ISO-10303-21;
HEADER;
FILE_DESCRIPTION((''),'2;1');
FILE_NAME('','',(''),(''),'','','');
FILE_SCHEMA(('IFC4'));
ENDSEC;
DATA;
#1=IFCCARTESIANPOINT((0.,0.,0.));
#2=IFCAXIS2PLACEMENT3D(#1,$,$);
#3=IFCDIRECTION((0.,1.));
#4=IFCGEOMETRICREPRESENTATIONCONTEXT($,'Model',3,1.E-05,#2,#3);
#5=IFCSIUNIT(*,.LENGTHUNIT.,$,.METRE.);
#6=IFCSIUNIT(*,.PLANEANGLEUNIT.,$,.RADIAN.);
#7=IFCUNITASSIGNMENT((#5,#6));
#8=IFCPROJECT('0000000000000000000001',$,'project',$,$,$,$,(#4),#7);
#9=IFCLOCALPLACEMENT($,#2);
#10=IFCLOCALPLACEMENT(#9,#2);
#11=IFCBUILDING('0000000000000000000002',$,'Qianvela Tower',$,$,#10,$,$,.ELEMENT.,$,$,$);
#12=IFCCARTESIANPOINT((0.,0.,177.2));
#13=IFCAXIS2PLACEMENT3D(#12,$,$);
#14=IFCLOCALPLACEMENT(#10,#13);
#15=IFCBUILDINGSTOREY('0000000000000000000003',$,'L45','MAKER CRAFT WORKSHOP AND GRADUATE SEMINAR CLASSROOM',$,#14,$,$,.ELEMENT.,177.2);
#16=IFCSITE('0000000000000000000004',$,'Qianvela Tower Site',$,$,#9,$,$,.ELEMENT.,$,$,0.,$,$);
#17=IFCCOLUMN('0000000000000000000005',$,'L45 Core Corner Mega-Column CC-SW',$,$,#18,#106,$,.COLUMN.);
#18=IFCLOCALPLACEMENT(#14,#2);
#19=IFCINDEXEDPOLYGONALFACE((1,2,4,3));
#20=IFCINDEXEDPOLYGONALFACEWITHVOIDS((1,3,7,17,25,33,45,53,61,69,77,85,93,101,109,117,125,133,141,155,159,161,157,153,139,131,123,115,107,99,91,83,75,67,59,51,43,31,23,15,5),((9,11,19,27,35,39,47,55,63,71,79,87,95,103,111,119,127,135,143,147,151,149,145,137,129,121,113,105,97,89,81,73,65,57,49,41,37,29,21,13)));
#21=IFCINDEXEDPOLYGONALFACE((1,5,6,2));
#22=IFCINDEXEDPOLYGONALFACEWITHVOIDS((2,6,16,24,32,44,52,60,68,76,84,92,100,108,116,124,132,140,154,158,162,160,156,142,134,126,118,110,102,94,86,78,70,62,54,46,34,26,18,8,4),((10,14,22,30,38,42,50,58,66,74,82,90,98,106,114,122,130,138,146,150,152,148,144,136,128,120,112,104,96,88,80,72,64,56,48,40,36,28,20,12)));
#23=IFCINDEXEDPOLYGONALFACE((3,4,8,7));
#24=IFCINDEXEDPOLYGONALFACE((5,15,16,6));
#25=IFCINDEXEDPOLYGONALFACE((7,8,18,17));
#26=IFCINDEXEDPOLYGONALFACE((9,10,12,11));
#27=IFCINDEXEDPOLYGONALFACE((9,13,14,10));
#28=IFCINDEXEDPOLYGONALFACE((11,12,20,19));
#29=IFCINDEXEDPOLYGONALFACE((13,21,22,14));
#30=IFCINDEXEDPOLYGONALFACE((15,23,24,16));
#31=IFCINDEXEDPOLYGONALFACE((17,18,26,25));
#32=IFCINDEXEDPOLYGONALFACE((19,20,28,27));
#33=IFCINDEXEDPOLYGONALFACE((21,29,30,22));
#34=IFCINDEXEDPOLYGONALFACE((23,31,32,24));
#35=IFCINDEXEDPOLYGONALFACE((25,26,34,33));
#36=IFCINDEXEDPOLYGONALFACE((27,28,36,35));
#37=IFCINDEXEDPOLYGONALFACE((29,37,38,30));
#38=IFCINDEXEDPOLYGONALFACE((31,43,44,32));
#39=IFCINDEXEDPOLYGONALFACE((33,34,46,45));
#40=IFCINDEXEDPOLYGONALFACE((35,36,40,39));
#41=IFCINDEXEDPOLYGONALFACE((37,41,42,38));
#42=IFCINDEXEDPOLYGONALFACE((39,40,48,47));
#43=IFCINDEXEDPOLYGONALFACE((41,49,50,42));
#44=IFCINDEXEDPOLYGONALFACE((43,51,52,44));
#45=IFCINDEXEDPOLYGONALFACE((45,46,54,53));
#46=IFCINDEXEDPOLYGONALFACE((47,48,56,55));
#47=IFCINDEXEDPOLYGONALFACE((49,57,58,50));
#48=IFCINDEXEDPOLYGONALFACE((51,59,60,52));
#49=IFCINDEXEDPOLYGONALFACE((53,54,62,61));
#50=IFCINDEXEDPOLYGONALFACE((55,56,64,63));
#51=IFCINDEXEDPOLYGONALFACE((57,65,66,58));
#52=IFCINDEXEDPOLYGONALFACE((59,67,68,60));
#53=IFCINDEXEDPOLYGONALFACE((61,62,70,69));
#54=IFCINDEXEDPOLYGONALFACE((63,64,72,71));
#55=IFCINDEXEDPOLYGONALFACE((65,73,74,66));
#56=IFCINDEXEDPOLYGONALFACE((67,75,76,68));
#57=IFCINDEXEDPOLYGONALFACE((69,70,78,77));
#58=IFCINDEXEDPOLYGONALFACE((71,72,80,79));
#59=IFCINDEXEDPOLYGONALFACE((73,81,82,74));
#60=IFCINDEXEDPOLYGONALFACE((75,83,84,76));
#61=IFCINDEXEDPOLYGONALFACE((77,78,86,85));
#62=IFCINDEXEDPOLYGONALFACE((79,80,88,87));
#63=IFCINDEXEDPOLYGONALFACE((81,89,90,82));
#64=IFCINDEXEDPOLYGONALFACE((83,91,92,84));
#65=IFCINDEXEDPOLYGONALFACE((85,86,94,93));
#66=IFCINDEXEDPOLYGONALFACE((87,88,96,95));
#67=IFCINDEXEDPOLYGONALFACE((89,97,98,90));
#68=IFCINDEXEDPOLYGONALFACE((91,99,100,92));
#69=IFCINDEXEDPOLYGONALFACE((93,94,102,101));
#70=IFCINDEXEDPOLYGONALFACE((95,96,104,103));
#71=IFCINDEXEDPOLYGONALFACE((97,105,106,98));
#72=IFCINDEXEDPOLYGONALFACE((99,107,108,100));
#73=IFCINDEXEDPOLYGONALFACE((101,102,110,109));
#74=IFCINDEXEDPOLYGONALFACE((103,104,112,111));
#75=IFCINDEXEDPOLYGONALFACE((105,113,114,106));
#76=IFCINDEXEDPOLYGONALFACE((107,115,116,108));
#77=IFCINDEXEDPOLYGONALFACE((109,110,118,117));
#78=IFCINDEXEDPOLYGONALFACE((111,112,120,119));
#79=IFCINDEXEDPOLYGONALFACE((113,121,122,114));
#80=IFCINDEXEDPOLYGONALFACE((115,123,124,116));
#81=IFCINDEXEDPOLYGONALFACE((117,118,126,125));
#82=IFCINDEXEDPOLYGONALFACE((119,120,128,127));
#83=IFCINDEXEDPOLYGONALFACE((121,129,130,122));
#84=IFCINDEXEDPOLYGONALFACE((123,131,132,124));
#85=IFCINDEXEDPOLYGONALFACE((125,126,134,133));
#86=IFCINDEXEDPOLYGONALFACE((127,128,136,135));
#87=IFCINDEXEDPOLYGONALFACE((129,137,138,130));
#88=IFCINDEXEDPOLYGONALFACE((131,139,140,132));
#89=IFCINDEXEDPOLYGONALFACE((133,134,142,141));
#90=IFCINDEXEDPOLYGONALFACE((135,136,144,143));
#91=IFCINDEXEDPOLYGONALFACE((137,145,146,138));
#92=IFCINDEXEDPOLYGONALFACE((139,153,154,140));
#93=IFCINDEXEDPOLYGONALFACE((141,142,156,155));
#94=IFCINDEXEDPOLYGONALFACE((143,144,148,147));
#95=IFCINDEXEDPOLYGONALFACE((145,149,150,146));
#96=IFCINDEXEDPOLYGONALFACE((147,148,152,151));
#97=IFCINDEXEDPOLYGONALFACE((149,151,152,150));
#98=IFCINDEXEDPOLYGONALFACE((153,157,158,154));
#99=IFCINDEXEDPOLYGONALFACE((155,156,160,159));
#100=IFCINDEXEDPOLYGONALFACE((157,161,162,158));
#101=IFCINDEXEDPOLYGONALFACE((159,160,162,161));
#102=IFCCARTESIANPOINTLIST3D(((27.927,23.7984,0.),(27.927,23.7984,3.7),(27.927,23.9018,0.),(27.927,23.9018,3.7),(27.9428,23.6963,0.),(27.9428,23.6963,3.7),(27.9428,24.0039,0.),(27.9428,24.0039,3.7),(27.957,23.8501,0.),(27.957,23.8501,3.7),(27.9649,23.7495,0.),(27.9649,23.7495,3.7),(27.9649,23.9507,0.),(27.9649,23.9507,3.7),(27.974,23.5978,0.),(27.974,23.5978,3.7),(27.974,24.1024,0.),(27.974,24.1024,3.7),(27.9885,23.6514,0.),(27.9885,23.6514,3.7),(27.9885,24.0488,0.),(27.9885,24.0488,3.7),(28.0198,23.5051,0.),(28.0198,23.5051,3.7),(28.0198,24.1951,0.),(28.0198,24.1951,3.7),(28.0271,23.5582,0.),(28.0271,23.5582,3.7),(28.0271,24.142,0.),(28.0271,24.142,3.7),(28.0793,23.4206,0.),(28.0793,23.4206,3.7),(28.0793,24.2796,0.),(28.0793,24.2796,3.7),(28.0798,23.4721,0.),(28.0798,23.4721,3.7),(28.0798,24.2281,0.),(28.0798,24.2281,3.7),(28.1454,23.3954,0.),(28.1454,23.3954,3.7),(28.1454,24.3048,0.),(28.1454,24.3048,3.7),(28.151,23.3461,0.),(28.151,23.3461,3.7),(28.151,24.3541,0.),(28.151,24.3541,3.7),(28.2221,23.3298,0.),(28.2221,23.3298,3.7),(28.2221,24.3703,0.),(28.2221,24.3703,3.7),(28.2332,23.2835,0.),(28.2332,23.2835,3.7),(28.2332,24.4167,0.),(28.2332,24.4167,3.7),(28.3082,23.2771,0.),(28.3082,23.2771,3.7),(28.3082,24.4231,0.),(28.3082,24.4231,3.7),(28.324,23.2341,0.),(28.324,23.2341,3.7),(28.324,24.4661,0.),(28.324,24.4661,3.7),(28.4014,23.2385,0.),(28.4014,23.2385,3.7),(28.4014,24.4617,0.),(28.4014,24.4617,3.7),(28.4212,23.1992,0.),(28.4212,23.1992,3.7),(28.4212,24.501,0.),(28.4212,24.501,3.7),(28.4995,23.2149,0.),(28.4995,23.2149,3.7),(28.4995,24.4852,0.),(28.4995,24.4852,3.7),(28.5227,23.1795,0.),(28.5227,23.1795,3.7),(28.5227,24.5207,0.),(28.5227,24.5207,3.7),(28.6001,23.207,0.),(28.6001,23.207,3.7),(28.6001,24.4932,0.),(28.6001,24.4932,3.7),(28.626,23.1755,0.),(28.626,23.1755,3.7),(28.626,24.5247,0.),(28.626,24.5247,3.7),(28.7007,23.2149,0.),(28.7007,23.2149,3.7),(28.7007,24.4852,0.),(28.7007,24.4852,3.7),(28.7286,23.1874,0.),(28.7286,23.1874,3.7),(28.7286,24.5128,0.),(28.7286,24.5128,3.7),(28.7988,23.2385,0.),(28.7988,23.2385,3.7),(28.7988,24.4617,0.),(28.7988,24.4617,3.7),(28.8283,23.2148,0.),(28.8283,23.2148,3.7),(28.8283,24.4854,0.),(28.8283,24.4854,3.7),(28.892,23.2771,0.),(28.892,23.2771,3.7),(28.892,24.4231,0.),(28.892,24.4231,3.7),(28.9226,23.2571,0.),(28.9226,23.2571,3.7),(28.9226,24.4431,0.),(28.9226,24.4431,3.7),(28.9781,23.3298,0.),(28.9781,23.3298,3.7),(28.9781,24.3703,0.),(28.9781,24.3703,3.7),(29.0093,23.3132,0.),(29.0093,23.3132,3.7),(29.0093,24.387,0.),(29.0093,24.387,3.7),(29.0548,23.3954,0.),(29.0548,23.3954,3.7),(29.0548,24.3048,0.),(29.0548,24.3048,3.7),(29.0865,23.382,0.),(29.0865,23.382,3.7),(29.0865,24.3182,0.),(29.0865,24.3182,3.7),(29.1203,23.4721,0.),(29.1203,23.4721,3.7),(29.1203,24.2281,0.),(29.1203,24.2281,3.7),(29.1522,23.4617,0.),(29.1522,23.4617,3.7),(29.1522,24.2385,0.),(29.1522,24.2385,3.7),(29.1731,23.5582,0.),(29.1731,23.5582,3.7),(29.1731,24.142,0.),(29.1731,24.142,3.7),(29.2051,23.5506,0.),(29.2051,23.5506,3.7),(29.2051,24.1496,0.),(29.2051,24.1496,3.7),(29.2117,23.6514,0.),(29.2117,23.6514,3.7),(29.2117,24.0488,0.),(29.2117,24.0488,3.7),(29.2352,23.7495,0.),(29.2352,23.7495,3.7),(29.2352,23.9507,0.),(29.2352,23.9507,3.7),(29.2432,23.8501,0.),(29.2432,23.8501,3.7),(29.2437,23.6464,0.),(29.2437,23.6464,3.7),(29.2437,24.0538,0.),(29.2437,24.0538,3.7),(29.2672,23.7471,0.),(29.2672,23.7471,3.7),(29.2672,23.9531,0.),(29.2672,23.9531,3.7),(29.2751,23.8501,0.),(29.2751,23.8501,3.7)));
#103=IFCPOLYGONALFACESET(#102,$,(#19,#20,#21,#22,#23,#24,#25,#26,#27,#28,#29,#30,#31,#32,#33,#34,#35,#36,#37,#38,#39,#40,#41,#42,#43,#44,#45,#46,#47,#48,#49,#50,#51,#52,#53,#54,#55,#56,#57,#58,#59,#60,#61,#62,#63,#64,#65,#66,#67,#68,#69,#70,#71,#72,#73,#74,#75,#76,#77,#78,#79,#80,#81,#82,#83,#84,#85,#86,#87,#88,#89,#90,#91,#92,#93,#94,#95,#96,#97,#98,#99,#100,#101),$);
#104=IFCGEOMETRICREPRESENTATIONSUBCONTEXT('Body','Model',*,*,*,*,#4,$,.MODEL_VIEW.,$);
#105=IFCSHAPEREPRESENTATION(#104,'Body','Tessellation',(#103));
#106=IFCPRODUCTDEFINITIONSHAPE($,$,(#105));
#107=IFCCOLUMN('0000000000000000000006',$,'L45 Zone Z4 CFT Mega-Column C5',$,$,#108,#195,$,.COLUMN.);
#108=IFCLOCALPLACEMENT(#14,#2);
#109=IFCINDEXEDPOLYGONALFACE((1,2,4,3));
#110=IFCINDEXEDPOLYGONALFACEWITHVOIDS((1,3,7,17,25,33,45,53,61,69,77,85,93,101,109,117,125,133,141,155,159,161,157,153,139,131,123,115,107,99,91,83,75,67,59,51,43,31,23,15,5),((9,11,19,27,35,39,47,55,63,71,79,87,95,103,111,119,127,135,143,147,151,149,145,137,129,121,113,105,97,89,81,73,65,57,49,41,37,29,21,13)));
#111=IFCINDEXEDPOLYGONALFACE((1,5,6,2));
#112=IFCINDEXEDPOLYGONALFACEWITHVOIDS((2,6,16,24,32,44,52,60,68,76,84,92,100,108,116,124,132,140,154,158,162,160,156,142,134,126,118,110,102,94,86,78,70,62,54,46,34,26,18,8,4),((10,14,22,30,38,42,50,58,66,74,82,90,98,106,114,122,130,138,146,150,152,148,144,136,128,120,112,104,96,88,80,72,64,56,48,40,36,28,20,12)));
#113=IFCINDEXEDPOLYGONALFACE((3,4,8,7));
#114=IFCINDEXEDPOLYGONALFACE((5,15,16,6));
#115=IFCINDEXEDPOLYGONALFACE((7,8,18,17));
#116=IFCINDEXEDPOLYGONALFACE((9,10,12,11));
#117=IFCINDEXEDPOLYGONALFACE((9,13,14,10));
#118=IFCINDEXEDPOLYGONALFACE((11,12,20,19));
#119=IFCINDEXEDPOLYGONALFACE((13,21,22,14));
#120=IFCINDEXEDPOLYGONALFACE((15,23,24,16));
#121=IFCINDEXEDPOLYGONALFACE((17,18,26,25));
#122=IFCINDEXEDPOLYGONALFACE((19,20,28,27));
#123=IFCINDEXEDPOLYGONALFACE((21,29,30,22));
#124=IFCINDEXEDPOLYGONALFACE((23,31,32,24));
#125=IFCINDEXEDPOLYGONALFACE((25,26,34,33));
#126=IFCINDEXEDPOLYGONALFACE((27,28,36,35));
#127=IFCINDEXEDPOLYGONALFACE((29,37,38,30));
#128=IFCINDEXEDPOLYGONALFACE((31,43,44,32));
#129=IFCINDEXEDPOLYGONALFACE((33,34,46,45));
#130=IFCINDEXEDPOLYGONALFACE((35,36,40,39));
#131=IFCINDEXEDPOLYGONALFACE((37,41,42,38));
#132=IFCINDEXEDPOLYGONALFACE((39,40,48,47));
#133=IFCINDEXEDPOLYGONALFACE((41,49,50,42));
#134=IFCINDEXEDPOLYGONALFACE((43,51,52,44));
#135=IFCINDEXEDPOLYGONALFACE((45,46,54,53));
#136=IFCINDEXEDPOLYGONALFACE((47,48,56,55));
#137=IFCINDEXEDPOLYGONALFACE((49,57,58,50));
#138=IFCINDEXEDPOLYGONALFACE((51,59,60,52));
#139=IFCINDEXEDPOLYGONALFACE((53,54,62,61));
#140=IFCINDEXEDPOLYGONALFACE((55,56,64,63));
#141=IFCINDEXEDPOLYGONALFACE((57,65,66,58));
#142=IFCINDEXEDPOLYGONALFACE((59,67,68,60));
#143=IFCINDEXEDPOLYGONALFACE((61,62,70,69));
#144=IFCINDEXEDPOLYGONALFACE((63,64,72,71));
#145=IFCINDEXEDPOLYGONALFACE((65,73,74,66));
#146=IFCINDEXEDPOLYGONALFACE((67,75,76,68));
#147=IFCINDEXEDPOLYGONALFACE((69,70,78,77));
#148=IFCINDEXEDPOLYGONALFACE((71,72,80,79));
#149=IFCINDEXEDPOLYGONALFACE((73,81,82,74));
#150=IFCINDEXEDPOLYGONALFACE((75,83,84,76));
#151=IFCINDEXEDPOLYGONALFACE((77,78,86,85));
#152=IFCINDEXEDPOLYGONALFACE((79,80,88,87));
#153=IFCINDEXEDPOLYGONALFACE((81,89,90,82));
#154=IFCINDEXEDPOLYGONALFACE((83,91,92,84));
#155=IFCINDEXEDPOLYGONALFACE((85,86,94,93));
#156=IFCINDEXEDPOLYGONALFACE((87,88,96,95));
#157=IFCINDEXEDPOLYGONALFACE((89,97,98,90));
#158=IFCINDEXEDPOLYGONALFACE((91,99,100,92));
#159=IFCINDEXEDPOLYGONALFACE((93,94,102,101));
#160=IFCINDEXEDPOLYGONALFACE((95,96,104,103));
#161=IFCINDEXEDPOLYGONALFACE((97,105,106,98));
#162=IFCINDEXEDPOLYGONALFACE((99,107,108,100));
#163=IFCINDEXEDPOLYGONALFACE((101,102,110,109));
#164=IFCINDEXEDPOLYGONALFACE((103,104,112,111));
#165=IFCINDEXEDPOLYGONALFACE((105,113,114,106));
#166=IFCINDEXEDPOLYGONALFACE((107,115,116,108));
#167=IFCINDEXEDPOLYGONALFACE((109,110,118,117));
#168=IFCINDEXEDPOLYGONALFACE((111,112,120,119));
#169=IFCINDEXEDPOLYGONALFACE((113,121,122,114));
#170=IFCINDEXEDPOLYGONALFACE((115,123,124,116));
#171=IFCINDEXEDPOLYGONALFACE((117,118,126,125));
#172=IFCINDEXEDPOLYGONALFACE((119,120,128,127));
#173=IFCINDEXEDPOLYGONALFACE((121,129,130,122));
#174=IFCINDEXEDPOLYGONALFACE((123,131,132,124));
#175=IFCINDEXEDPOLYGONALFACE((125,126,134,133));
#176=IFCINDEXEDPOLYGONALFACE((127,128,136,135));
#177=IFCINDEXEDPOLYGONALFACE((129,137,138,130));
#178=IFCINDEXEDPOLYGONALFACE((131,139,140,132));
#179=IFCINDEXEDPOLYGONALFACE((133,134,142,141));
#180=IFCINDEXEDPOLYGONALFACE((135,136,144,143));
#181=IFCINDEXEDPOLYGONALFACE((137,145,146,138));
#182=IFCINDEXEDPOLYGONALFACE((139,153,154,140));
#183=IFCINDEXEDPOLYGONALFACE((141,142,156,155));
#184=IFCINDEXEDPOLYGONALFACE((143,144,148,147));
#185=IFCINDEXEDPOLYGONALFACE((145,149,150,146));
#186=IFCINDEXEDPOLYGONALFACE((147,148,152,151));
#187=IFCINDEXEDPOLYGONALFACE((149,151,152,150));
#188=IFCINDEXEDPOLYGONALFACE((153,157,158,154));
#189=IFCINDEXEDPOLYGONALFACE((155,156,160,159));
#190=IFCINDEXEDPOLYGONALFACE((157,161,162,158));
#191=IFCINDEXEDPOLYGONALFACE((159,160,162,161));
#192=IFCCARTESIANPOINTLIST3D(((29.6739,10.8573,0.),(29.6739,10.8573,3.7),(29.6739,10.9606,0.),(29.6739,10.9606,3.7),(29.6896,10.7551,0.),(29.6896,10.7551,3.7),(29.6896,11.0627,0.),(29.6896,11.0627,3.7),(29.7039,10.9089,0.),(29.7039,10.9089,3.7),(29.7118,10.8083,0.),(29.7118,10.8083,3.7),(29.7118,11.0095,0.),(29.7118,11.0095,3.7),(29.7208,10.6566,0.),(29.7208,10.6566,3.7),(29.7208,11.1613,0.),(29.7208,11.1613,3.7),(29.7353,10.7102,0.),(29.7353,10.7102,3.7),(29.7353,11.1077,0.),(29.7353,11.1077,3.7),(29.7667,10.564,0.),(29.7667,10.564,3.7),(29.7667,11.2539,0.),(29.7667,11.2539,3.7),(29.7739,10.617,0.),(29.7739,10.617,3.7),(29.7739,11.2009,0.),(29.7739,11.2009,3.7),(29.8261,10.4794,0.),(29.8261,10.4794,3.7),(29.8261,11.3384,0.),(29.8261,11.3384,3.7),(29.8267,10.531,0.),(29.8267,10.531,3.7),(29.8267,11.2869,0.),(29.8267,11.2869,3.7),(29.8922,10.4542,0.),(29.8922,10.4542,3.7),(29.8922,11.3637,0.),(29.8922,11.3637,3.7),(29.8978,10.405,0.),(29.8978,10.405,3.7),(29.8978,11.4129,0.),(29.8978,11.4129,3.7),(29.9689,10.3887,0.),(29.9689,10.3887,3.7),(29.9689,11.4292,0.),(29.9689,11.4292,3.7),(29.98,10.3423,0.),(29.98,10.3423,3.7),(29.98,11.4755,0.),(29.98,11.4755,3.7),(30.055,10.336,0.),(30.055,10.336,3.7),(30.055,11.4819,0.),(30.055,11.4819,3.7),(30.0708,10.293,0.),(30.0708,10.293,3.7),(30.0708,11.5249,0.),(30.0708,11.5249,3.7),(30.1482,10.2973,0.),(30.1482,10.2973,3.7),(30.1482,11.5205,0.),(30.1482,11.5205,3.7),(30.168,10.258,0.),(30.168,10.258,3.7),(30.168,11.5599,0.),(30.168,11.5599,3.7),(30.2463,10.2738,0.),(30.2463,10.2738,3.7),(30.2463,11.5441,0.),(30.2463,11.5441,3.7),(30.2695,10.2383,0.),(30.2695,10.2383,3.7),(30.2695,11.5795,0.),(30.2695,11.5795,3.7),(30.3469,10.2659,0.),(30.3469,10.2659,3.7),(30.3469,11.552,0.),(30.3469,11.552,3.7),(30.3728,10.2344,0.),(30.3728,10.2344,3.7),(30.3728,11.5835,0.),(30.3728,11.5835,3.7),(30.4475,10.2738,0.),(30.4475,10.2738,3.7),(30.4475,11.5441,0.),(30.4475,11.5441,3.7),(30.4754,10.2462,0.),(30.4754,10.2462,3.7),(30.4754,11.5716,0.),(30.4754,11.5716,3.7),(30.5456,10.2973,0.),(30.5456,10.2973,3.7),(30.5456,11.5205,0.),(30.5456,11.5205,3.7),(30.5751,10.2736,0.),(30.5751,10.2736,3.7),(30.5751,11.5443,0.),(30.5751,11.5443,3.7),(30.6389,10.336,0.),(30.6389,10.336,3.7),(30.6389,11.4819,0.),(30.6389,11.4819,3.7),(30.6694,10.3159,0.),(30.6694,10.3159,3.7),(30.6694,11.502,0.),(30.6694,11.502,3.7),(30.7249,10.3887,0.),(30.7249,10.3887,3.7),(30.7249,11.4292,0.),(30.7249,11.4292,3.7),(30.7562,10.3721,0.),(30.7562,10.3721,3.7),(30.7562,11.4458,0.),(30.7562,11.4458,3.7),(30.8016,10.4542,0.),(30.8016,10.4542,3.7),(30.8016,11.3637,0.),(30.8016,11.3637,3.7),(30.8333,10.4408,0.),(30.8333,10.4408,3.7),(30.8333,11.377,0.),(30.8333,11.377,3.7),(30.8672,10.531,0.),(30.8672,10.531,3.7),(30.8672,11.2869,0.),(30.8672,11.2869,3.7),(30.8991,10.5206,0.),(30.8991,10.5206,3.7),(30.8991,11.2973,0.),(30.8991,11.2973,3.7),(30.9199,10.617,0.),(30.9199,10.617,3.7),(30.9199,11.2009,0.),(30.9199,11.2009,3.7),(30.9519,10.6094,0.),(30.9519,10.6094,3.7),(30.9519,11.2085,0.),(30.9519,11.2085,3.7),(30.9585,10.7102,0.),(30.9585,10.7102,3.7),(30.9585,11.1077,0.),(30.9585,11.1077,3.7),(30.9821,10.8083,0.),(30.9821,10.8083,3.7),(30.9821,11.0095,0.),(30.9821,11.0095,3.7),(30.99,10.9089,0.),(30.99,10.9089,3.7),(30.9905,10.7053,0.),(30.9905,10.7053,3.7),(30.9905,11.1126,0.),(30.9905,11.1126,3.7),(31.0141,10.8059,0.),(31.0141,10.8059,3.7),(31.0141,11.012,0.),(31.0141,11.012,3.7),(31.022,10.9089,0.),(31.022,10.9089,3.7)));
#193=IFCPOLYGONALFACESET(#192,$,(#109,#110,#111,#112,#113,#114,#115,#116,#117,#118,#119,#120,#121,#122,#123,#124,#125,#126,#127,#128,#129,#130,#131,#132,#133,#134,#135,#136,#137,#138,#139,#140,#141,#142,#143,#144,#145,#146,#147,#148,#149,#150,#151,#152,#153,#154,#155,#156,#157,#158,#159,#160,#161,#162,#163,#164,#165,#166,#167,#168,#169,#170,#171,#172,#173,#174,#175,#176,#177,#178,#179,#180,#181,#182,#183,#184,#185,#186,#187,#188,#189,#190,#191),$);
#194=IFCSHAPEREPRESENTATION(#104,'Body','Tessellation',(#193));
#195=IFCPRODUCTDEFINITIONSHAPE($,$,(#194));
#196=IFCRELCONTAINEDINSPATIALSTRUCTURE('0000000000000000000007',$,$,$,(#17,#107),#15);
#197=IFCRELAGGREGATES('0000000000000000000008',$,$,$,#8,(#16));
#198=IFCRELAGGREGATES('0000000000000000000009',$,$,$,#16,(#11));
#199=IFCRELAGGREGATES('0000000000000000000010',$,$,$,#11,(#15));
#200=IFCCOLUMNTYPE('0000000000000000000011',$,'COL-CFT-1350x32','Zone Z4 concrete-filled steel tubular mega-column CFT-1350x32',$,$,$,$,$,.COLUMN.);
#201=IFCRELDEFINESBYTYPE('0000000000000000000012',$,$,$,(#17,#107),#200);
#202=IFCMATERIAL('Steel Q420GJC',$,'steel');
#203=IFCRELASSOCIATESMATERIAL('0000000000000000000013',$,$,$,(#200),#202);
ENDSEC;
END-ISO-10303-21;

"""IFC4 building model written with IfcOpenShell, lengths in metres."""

from ifc_helpers import new_model, si_unit, direction, frame, origin, origin_2d, place, context, subcontext, project, spatial, hollow_circle, extrude, material, material_profile, profile_set, type_object, element, save


model = new_model("IFC4")

# Units and contexts
model_context = context("Model", 3, precision=1e-05, world=origin(), true_north=direction((0.0, 1.0)))
body_context = subcontext(model_context, "Body", "Model", "MODEL_VIEW")
ifc_project = project(units=[si_unit("LENGTHUNIT", "METRE"), si_unit("PLANEANGLEUNIT", "RADIAN")], contexts=[model_context])

# Site, building, storey
site_placement = place(None, origin())
site = spatial("IfcSite", under=ifc_project, at=site_placement, Name="Qianvela Tower Site", CompositionType="ELEMENT", RefElevation=0.0)
building_placement = place(site_placement, origin())
building = spatial("IfcBuilding", under=site, at=building_placement, Name="Qianvela Tower", CompositionType="ELEMENT")
storey_placement = place(building_placement, frame((0.0, 0.0, 177.2)))
storey = spatial("IfcBuildingStorey", under=building, at=storey_placement, Name="L45", Description="MAKER CRAFT WORKSHOP AND GRADUATE SEMINAR CLASSROOM", CompositionType="ELEMENT", Elevation=177.2)

# Columns
ifc_material_1 = material(Name="Steel Q420GJC", Category="steel")
ifc_material_profile_1 = material_profile(ifc_material_1, hollow_circle(Radius=0.675, WallThickness=0.032, at=origin_2d()), Name="CFT-1350x32")
ifc_profile_set_1 = profile_set([ifc_material_profile_1], Name="Steel Q420GJC")
column_type = type_object("IfcColumnType", Name="COL-CFT-1350x32", Description="Zone Z4 concrete-filled steel tubular mega-column CFT-1350x32", PredefinedType="COLUMN", material=ifc_profile_set_1)
for number, where, z_axis, x_axis, name in (
    (1, (28.6001, 23.8501, 0.0), (0.0, 0.0, 1.0), (1.0, 0.0, 0.0), "L45 Core Corner Mega-Column CC-SW"),
    (2, (30.3469, 10.9089, 0.0), (0.0, 0.0, 1.0), (1.0, 0.0, 0.0), "L45 Zone Z4 CFT Mega-Column C5"),
):
    element("IfcColumn", number, at=place(storey_placement, frame(where, z_axis=z_axis, x_axis=x_axis)), inside=storey, type_object=column_type, Name=name, PredefinedType="COLUMN", context=body_context, shape_type="SweptSolid", body=[
        extrude(hollow_circle(Radius=0.675, WallThickness=0.032, at=origin_2d()), origin(), (0.0, 0.0, 1.0), 3.7),
    ])

save(model, "model.ifc")
